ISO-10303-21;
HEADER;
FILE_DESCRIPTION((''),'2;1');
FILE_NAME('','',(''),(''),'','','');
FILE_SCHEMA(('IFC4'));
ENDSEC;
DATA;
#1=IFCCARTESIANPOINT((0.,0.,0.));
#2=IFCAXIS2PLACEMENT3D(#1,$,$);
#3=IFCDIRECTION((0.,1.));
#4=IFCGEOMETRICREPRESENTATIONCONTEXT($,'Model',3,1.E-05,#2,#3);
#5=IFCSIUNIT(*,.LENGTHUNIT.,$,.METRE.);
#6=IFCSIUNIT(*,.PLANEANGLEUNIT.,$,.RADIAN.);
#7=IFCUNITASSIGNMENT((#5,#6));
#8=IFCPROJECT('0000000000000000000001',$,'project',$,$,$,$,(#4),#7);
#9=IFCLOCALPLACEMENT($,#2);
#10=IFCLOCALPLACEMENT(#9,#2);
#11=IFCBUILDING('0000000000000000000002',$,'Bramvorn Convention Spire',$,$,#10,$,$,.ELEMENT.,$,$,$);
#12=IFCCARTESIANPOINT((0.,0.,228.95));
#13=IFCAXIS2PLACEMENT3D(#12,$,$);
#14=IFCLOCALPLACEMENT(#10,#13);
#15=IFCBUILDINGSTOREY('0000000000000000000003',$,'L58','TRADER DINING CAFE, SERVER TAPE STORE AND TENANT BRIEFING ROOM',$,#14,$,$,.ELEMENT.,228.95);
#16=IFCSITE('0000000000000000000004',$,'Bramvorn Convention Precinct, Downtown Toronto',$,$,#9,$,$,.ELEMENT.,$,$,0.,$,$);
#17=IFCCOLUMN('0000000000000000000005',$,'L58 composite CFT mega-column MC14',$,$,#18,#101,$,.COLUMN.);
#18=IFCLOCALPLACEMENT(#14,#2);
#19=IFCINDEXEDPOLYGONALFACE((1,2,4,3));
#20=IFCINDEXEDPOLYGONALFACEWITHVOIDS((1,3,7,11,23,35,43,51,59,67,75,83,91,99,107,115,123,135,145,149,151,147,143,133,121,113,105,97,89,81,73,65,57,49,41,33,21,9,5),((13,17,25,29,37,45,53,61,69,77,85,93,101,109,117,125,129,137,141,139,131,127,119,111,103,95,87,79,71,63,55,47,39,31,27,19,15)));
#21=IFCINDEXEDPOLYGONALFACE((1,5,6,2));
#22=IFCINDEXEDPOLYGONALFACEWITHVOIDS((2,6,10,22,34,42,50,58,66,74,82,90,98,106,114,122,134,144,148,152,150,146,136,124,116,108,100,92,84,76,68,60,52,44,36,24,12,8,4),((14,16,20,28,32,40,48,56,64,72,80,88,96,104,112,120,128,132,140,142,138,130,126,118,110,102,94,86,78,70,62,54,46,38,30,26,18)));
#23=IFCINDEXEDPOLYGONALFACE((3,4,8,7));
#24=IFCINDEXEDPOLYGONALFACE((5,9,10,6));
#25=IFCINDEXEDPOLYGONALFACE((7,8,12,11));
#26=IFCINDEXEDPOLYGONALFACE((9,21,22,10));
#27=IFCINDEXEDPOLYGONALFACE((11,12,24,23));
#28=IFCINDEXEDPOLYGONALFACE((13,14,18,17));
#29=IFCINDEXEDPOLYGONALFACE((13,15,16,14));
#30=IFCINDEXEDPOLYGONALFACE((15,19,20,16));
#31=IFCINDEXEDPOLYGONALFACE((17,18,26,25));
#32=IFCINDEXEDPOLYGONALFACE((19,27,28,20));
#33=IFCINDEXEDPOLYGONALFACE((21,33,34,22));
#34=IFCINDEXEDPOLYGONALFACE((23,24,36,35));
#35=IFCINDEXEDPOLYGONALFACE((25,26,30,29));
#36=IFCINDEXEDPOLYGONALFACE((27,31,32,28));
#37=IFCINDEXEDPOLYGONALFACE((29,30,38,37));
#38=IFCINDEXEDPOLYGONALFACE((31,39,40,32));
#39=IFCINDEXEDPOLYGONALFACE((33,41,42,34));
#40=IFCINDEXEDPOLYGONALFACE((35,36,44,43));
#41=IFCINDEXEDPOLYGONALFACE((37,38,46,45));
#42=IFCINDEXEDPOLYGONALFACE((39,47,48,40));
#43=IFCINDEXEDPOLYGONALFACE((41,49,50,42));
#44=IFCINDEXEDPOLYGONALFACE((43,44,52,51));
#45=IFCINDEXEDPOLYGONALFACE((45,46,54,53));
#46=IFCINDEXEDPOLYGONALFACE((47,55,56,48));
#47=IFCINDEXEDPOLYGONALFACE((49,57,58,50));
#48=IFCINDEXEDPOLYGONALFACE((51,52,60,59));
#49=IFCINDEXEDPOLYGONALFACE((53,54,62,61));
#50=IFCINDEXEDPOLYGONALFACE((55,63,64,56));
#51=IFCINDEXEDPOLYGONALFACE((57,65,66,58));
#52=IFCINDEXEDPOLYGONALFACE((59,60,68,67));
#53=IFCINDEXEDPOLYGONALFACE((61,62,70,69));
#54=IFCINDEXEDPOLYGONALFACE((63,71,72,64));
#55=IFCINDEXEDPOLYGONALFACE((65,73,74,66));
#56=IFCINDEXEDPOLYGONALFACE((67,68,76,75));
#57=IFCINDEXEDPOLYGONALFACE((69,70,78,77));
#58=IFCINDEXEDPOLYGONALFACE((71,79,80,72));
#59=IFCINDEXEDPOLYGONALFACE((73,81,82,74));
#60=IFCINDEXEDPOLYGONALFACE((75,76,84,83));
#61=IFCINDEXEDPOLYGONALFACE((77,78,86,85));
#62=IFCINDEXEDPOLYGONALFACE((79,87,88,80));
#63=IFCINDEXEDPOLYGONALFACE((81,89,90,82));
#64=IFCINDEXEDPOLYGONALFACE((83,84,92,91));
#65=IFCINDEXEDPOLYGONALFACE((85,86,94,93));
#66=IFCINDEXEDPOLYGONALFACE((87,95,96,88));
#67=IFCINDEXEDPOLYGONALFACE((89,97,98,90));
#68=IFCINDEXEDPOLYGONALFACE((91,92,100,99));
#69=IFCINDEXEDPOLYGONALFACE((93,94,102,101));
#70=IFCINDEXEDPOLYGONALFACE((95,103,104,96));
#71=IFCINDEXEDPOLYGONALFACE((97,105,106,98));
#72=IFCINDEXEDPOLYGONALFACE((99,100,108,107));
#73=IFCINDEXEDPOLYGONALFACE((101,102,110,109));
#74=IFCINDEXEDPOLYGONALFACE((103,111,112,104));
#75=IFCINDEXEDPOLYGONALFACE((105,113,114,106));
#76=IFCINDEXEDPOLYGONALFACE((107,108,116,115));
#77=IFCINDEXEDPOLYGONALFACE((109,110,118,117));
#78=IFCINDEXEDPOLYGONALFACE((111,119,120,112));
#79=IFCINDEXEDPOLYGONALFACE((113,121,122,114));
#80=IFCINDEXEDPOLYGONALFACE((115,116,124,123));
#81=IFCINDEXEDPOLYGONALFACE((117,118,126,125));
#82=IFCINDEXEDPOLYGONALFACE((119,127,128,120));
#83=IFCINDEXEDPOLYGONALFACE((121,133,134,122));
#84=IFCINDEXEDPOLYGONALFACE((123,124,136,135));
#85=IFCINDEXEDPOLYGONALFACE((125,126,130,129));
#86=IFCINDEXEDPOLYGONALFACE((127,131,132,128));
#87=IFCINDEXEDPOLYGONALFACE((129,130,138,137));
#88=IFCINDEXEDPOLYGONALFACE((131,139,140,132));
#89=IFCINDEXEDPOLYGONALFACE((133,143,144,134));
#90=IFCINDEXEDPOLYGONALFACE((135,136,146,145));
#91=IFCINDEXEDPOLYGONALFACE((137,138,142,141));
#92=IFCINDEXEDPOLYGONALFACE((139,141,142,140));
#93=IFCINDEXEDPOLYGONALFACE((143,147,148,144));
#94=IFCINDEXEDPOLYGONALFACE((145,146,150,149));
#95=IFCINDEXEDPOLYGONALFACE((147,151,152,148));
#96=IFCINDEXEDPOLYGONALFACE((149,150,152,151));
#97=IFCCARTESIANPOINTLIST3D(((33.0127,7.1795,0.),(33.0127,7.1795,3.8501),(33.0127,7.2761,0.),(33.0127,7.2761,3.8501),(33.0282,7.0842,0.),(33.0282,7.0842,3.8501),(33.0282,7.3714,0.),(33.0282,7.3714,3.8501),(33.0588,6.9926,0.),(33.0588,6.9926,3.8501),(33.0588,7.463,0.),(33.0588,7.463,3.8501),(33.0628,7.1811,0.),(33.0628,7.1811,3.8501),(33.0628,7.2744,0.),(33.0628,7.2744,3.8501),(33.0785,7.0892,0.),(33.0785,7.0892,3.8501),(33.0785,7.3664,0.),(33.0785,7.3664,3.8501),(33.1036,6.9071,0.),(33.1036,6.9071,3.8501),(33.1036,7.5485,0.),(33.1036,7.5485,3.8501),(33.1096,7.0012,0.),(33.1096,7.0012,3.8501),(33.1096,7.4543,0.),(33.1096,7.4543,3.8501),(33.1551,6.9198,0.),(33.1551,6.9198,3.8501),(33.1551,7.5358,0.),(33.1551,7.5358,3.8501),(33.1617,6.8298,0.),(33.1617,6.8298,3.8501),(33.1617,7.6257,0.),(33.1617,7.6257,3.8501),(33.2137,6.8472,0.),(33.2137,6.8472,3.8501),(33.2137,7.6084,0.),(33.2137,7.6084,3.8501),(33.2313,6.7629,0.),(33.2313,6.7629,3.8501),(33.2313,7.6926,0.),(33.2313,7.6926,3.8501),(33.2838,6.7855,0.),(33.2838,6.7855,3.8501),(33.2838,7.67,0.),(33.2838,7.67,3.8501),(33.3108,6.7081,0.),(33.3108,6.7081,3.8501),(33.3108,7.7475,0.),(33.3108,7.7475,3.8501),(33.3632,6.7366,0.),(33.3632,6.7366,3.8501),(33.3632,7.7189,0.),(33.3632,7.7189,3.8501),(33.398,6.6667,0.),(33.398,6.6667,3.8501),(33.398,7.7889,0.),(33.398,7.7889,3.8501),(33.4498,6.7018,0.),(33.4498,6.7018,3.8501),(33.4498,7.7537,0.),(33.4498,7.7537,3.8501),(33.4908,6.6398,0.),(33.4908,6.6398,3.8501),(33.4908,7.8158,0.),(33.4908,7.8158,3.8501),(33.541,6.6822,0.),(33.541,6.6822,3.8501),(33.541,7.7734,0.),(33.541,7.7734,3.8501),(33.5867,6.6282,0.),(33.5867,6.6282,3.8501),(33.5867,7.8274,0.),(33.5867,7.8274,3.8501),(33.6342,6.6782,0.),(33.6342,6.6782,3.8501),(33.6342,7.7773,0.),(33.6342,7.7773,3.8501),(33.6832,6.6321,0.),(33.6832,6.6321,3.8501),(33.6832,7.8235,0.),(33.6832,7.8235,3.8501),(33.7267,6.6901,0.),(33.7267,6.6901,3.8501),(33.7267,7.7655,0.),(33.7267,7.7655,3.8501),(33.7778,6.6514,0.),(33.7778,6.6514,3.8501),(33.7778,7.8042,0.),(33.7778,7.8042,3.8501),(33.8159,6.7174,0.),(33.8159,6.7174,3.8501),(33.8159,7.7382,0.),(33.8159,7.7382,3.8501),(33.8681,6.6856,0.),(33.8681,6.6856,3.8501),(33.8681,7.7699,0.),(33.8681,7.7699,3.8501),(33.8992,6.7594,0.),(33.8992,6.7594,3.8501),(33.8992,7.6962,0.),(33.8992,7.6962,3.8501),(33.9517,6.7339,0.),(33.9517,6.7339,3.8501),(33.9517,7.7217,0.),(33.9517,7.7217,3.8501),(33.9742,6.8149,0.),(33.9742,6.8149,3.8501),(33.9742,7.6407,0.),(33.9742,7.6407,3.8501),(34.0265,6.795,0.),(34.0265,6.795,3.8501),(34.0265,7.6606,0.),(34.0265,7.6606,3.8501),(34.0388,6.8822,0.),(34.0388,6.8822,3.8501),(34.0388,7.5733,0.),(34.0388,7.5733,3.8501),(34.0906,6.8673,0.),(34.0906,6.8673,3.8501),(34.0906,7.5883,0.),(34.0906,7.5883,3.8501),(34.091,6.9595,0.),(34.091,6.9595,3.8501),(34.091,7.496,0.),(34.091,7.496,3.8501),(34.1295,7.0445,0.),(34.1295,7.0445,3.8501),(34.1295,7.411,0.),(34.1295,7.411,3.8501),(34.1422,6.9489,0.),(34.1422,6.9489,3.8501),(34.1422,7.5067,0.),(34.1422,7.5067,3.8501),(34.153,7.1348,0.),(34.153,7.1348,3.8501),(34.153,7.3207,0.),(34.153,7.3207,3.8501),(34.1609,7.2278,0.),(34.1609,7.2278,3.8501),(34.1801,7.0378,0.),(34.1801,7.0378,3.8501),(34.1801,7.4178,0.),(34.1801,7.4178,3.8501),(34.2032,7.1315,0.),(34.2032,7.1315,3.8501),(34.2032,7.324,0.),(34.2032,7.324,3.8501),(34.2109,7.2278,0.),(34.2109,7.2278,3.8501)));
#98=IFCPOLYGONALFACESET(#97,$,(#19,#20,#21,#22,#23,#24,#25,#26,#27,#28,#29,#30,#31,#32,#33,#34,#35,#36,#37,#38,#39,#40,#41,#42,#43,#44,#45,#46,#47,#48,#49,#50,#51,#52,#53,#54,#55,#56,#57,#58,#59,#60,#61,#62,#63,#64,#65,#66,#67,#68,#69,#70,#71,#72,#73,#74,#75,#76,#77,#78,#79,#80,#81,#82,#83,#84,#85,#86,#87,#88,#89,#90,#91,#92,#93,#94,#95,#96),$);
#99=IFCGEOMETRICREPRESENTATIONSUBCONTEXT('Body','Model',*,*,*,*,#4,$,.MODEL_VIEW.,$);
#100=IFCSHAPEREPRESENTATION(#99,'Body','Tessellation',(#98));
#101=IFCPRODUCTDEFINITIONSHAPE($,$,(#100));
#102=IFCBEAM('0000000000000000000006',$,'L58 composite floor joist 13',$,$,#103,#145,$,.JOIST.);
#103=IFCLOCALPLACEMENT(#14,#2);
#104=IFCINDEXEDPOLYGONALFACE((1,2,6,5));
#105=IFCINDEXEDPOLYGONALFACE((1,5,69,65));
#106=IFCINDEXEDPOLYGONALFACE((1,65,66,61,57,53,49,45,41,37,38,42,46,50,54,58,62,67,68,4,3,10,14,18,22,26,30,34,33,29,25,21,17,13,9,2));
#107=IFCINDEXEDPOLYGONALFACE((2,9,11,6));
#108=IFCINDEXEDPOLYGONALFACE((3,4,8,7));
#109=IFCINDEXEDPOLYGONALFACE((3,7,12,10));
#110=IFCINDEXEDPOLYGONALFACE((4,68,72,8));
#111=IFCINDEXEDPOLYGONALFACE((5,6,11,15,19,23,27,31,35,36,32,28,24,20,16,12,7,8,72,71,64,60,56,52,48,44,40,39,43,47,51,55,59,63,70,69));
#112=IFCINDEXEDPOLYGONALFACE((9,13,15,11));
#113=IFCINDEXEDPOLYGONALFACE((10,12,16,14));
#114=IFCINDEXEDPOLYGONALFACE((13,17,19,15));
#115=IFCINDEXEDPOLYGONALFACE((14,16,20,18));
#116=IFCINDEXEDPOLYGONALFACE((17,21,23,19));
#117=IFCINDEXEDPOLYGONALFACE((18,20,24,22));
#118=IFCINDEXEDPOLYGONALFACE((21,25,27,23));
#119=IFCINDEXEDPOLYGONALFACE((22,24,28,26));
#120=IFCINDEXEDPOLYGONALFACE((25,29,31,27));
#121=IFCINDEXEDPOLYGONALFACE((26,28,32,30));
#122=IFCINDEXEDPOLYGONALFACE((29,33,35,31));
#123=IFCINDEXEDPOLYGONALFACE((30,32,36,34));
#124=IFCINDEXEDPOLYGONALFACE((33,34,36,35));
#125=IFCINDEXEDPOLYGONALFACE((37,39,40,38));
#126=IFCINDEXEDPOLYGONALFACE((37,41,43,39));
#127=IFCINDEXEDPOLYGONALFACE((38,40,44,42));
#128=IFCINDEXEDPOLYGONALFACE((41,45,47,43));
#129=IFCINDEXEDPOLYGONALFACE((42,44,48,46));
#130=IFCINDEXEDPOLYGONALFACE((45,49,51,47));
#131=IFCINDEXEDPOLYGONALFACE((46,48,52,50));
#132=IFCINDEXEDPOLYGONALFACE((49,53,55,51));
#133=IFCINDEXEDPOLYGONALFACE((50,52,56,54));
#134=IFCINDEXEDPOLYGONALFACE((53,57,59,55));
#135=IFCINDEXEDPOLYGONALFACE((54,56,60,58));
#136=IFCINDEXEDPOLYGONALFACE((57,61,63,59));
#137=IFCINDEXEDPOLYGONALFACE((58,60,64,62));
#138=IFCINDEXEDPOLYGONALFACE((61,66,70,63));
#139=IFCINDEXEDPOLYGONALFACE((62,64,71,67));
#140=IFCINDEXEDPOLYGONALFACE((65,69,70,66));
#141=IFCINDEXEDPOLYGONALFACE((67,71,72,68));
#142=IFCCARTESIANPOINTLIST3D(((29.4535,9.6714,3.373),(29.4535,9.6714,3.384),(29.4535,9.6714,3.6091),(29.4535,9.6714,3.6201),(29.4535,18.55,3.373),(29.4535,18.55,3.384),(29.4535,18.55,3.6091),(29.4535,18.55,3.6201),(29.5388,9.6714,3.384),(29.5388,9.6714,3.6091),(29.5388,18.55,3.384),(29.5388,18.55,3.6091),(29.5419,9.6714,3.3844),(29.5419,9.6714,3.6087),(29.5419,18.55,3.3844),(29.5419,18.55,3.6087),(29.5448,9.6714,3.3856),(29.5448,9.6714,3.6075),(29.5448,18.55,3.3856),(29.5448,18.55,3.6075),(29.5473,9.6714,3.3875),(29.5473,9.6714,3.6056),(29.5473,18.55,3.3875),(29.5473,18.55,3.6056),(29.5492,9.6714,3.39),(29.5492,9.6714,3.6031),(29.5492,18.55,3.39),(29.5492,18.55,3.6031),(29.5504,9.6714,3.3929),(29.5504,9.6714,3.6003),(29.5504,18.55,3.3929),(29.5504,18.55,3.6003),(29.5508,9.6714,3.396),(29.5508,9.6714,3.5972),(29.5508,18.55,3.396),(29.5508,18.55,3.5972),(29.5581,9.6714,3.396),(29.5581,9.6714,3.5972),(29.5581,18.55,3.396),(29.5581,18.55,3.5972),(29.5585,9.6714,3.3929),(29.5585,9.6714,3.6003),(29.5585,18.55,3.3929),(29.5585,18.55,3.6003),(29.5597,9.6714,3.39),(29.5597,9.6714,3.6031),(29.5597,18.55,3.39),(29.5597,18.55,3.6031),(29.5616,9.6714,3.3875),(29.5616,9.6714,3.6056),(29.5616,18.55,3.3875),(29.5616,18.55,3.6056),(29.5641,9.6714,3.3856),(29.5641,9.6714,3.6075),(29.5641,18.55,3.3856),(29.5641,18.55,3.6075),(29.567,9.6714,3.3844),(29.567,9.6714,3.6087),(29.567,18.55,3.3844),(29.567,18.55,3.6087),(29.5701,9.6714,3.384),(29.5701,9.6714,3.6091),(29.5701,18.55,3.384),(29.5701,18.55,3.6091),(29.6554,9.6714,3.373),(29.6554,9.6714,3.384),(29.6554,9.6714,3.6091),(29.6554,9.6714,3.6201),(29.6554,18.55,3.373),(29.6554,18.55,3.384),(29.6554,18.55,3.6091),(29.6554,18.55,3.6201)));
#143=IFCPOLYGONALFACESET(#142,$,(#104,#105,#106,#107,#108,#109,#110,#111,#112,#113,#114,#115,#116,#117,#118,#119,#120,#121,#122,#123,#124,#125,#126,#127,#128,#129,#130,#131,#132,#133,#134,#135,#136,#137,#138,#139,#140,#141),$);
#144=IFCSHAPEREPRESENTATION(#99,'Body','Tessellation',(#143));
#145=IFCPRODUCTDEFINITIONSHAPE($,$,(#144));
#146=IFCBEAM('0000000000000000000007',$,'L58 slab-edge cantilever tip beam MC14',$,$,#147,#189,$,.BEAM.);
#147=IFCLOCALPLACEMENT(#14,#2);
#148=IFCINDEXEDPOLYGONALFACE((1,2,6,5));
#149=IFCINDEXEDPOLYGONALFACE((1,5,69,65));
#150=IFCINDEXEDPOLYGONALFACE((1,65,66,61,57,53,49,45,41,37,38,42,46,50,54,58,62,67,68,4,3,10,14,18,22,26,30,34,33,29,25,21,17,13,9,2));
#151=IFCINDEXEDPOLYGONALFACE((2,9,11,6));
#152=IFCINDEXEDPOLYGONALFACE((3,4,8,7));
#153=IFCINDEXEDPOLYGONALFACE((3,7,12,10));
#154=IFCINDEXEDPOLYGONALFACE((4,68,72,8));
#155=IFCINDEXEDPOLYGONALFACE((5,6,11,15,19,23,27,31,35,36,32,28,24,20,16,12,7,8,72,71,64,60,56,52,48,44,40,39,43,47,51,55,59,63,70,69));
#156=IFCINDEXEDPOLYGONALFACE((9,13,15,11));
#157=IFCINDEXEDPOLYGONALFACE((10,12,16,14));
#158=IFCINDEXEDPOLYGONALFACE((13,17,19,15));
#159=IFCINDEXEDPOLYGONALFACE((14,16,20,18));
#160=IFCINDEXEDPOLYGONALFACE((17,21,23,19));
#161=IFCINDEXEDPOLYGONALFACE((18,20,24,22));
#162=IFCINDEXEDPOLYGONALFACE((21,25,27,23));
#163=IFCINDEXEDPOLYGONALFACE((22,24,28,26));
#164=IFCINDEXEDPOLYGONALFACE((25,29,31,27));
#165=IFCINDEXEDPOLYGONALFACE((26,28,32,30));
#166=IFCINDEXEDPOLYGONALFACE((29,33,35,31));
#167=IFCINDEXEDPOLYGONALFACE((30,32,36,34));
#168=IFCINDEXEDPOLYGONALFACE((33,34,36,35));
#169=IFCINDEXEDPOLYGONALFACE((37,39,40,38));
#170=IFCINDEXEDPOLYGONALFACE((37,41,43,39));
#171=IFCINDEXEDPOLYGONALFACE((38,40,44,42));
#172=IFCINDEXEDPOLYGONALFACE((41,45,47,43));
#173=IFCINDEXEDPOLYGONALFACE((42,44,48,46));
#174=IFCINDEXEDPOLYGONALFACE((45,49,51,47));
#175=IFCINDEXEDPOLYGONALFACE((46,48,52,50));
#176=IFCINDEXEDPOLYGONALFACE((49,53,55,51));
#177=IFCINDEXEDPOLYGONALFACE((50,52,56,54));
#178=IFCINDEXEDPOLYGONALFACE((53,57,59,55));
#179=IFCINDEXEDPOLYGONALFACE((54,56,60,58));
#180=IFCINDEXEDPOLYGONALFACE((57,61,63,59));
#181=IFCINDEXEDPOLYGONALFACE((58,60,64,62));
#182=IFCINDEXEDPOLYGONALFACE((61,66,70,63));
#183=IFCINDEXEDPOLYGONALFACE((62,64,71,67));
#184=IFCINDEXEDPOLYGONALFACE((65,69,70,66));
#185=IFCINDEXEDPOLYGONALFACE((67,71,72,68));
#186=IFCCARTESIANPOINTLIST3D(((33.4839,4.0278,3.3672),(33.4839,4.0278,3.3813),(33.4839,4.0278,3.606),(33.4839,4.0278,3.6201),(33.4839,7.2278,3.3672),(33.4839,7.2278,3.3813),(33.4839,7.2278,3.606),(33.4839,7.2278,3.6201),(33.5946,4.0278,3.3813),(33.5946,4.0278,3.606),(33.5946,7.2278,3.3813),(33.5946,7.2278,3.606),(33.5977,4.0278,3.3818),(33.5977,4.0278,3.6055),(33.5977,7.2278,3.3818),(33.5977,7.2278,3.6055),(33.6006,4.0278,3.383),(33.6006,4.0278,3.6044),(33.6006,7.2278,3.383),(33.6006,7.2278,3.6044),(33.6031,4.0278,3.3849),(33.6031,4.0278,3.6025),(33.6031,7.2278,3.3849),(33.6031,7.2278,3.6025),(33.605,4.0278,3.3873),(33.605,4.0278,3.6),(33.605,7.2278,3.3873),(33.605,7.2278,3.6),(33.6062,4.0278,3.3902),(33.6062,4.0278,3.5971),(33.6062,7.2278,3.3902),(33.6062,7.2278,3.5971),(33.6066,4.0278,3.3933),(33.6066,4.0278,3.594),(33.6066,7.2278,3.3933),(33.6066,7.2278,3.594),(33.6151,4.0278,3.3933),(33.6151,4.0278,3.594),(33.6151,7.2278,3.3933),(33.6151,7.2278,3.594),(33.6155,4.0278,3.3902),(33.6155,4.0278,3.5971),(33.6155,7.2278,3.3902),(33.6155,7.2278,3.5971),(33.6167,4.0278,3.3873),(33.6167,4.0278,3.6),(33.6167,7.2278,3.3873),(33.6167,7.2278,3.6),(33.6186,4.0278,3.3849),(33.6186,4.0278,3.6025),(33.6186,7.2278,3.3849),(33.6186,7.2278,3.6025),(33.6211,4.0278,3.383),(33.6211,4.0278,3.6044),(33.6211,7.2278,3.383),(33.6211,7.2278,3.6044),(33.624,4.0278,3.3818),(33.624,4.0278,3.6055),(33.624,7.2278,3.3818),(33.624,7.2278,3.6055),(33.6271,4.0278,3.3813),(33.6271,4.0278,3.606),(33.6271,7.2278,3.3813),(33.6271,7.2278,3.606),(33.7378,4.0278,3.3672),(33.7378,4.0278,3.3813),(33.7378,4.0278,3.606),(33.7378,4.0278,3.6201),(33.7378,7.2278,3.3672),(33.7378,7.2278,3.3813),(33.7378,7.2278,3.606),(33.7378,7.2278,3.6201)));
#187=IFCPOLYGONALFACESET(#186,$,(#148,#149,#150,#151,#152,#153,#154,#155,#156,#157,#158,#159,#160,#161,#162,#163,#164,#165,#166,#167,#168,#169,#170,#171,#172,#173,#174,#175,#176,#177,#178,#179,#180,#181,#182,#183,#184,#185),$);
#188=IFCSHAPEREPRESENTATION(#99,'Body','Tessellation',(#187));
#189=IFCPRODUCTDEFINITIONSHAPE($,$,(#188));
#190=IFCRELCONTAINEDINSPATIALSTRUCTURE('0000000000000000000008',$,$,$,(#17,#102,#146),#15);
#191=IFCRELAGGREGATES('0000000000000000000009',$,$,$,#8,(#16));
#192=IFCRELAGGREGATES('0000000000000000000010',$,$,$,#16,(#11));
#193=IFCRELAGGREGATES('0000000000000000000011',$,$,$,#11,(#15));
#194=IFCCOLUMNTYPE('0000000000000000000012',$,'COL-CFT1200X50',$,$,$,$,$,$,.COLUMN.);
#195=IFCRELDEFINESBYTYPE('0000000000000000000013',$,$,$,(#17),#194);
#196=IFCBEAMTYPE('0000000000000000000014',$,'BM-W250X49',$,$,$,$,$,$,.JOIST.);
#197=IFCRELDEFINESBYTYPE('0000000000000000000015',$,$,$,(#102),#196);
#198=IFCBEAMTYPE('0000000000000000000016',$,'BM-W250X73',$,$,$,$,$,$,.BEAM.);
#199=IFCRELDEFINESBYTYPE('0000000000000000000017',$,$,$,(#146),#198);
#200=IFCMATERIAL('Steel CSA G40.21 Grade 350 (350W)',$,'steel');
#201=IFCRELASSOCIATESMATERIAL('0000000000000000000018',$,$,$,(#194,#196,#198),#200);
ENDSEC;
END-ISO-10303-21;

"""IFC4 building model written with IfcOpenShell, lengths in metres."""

from ifc_helpers import new_model, si_unit, direction, frame, origin, origin_2d, place, context, subcontext, project, spatial, hollow_circle, i_section, extrude, material, material_profile, profile_set, type_object, element, save


model = new_model("IFC4")

# Units and contexts
model_context = context("Model", 3, precision=1e-05, world=origin(), true_north=direction((0.0, 1.0)))
body_context = subcontext(model_context, "Body", "Model", "MODEL_VIEW")
ifc_project = project(units=[si_unit("LENGTHUNIT", "METRE"), si_unit("PLANEANGLEUNIT", "RADIAN")], contexts=[model_context])

# Site, building, storey
site_placement = place(None, origin())
site = spatial("IfcSite", under=ifc_project, at=site_placement, Name="Bramvorn Convention Precinct, Downtown Toronto", CompositionType="ELEMENT", RefElevation=0.0)
building_placement = place(site_placement, origin())
building = spatial("IfcBuilding", under=site, at=building_placement, Name="Bramvorn Convention Spire", CompositionType="ELEMENT")
storey_placement = place(building_placement, frame((0.0, 0.0, 228.95)))
storey = spatial("IfcBuildingStorey", under=building, at=storey_placement, Name="L58", Description="TRADER DINING CAFE, SERVER TAPE STORE AND TENANT BRIEFING ROOM", CompositionType="ELEMENT", Elevation=228.95)

# Column
ifc_material_1 = material(Name="Steel CSA G40.21 Grade 350 (350W)", Category="steel")
ifc_material_profile_1 = material_profile(ifc_material_1, hollow_circle(Radius=0.6001, WallThickness=0.05, at=origin_2d()))
ifc_profile_set_1 = profile_set([ifc_material_profile_1], Name="Steel CSA G40.21 Grade 350 (350W) - CFT1200X50")
column_type = type_object("IfcColumnType", Name="COL-CFT1200X50", PredefinedType="COLUMN", material=ifc_profile_set_1)
column_placement = place(storey_placement, frame((33.6108, 7.2278, 0.0), z_axis=(0.0, 0.0, 1.0), x_axis=(1.0, 0.0, 0.0)))
element("IfcColumn", 1, at=column_placement, inside=storey, type_object=column_type, Name="L58 composite CFT mega-column MC14", PredefinedType="COLUMN", context=body_context, shape_type="SweptSolid", body=[
    extrude(hollow_circle(Radius=0.6001, WallThickness=0.05, at=origin_2d()), origin(), (0.0, 0.0, 1.0), 3.8501),
])

# Beams
ifc_material_profile_2 = material_profile(ifc_material_1, i_section(OverallWidth=0.2019, OverallDepth=0.2471, WebThickness=0.0073, FlangeThickness=0.011, FilletRadius=0.012, at=origin_2d()))
ifc_profile_set_2 = profile_set([ifc_material_profile_2], Name="Steel CSA G40.21 Grade 350 (350W) - W250X49")
beam_type_1 = type_object("IfcBeamType", Name="BM-W250X49", PredefinedType="JOIST", material=ifc_profile_set_2)
beam_1_placement = place(storey_placement, frame((29.5544, 18.55, 3.4966), z_axis=(0.0, -1.0, 0.0), x_axis=(1.0, 0.0, 0.0)))
element("IfcBeam", 2, at=beam_1_placement, inside=storey, type_object=beam_type_1, Name="L58 composite floor joist 13", PredefinedType="JOIST", context=body_context, shape_type="SweptSolid", body=[
    extrude(i_section(OverallWidth=0.2019, OverallDepth=0.2471, WebThickness=0.0073, FlangeThickness=0.011, FilletRadius=0.012, at=origin_2d()), origin(), (0.0, 0.0, 1.0), 8.8787),
])
ifc_material_profile_3 = material_profile(ifc_material_1, i_section(OverallWidth=0.2539, OverallDepth=0.2529, WebThickness=0.0085, FlangeThickness=0.0142, FilletRadius=0.012, at=origin_2d()))
ifc_profile_set_3 = profile_set([ifc_material_profile_3], Name="Steel CSA G40.21 Grade 350 (350W) - W250X73")
beam_type_2 = type_object("IfcBeamType", Name="BM-W250X73", PredefinedType="BEAM", material=ifc_profile_set_3)
beam_2_placement = place(storey_placement, frame((33.6108, 7.2278, 3.4937), z_axis=(0.0, -1.0, 0.0), x_axis=(1.0, 0.0, 0.0)))
element("IfcBeam", 3, at=beam_2_placement, inside=storey, type_object=beam_type_2, Name="L58 slab-edge cantilever tip beam MC14", PredefinedType="BEAM", context=body_context, shape_type="SweptSolid", body=[
    extrude(i_section(OverallWidth=0.2539, OverallDepth=0.2529, WebThickness=0.0085, FlangeThickness=0.0142, FilletRadius=0.012, at=origin_2d()), origin(), (0.0, 0.0, 1.0), 3.2),
])

save(model, "model.ifc")
